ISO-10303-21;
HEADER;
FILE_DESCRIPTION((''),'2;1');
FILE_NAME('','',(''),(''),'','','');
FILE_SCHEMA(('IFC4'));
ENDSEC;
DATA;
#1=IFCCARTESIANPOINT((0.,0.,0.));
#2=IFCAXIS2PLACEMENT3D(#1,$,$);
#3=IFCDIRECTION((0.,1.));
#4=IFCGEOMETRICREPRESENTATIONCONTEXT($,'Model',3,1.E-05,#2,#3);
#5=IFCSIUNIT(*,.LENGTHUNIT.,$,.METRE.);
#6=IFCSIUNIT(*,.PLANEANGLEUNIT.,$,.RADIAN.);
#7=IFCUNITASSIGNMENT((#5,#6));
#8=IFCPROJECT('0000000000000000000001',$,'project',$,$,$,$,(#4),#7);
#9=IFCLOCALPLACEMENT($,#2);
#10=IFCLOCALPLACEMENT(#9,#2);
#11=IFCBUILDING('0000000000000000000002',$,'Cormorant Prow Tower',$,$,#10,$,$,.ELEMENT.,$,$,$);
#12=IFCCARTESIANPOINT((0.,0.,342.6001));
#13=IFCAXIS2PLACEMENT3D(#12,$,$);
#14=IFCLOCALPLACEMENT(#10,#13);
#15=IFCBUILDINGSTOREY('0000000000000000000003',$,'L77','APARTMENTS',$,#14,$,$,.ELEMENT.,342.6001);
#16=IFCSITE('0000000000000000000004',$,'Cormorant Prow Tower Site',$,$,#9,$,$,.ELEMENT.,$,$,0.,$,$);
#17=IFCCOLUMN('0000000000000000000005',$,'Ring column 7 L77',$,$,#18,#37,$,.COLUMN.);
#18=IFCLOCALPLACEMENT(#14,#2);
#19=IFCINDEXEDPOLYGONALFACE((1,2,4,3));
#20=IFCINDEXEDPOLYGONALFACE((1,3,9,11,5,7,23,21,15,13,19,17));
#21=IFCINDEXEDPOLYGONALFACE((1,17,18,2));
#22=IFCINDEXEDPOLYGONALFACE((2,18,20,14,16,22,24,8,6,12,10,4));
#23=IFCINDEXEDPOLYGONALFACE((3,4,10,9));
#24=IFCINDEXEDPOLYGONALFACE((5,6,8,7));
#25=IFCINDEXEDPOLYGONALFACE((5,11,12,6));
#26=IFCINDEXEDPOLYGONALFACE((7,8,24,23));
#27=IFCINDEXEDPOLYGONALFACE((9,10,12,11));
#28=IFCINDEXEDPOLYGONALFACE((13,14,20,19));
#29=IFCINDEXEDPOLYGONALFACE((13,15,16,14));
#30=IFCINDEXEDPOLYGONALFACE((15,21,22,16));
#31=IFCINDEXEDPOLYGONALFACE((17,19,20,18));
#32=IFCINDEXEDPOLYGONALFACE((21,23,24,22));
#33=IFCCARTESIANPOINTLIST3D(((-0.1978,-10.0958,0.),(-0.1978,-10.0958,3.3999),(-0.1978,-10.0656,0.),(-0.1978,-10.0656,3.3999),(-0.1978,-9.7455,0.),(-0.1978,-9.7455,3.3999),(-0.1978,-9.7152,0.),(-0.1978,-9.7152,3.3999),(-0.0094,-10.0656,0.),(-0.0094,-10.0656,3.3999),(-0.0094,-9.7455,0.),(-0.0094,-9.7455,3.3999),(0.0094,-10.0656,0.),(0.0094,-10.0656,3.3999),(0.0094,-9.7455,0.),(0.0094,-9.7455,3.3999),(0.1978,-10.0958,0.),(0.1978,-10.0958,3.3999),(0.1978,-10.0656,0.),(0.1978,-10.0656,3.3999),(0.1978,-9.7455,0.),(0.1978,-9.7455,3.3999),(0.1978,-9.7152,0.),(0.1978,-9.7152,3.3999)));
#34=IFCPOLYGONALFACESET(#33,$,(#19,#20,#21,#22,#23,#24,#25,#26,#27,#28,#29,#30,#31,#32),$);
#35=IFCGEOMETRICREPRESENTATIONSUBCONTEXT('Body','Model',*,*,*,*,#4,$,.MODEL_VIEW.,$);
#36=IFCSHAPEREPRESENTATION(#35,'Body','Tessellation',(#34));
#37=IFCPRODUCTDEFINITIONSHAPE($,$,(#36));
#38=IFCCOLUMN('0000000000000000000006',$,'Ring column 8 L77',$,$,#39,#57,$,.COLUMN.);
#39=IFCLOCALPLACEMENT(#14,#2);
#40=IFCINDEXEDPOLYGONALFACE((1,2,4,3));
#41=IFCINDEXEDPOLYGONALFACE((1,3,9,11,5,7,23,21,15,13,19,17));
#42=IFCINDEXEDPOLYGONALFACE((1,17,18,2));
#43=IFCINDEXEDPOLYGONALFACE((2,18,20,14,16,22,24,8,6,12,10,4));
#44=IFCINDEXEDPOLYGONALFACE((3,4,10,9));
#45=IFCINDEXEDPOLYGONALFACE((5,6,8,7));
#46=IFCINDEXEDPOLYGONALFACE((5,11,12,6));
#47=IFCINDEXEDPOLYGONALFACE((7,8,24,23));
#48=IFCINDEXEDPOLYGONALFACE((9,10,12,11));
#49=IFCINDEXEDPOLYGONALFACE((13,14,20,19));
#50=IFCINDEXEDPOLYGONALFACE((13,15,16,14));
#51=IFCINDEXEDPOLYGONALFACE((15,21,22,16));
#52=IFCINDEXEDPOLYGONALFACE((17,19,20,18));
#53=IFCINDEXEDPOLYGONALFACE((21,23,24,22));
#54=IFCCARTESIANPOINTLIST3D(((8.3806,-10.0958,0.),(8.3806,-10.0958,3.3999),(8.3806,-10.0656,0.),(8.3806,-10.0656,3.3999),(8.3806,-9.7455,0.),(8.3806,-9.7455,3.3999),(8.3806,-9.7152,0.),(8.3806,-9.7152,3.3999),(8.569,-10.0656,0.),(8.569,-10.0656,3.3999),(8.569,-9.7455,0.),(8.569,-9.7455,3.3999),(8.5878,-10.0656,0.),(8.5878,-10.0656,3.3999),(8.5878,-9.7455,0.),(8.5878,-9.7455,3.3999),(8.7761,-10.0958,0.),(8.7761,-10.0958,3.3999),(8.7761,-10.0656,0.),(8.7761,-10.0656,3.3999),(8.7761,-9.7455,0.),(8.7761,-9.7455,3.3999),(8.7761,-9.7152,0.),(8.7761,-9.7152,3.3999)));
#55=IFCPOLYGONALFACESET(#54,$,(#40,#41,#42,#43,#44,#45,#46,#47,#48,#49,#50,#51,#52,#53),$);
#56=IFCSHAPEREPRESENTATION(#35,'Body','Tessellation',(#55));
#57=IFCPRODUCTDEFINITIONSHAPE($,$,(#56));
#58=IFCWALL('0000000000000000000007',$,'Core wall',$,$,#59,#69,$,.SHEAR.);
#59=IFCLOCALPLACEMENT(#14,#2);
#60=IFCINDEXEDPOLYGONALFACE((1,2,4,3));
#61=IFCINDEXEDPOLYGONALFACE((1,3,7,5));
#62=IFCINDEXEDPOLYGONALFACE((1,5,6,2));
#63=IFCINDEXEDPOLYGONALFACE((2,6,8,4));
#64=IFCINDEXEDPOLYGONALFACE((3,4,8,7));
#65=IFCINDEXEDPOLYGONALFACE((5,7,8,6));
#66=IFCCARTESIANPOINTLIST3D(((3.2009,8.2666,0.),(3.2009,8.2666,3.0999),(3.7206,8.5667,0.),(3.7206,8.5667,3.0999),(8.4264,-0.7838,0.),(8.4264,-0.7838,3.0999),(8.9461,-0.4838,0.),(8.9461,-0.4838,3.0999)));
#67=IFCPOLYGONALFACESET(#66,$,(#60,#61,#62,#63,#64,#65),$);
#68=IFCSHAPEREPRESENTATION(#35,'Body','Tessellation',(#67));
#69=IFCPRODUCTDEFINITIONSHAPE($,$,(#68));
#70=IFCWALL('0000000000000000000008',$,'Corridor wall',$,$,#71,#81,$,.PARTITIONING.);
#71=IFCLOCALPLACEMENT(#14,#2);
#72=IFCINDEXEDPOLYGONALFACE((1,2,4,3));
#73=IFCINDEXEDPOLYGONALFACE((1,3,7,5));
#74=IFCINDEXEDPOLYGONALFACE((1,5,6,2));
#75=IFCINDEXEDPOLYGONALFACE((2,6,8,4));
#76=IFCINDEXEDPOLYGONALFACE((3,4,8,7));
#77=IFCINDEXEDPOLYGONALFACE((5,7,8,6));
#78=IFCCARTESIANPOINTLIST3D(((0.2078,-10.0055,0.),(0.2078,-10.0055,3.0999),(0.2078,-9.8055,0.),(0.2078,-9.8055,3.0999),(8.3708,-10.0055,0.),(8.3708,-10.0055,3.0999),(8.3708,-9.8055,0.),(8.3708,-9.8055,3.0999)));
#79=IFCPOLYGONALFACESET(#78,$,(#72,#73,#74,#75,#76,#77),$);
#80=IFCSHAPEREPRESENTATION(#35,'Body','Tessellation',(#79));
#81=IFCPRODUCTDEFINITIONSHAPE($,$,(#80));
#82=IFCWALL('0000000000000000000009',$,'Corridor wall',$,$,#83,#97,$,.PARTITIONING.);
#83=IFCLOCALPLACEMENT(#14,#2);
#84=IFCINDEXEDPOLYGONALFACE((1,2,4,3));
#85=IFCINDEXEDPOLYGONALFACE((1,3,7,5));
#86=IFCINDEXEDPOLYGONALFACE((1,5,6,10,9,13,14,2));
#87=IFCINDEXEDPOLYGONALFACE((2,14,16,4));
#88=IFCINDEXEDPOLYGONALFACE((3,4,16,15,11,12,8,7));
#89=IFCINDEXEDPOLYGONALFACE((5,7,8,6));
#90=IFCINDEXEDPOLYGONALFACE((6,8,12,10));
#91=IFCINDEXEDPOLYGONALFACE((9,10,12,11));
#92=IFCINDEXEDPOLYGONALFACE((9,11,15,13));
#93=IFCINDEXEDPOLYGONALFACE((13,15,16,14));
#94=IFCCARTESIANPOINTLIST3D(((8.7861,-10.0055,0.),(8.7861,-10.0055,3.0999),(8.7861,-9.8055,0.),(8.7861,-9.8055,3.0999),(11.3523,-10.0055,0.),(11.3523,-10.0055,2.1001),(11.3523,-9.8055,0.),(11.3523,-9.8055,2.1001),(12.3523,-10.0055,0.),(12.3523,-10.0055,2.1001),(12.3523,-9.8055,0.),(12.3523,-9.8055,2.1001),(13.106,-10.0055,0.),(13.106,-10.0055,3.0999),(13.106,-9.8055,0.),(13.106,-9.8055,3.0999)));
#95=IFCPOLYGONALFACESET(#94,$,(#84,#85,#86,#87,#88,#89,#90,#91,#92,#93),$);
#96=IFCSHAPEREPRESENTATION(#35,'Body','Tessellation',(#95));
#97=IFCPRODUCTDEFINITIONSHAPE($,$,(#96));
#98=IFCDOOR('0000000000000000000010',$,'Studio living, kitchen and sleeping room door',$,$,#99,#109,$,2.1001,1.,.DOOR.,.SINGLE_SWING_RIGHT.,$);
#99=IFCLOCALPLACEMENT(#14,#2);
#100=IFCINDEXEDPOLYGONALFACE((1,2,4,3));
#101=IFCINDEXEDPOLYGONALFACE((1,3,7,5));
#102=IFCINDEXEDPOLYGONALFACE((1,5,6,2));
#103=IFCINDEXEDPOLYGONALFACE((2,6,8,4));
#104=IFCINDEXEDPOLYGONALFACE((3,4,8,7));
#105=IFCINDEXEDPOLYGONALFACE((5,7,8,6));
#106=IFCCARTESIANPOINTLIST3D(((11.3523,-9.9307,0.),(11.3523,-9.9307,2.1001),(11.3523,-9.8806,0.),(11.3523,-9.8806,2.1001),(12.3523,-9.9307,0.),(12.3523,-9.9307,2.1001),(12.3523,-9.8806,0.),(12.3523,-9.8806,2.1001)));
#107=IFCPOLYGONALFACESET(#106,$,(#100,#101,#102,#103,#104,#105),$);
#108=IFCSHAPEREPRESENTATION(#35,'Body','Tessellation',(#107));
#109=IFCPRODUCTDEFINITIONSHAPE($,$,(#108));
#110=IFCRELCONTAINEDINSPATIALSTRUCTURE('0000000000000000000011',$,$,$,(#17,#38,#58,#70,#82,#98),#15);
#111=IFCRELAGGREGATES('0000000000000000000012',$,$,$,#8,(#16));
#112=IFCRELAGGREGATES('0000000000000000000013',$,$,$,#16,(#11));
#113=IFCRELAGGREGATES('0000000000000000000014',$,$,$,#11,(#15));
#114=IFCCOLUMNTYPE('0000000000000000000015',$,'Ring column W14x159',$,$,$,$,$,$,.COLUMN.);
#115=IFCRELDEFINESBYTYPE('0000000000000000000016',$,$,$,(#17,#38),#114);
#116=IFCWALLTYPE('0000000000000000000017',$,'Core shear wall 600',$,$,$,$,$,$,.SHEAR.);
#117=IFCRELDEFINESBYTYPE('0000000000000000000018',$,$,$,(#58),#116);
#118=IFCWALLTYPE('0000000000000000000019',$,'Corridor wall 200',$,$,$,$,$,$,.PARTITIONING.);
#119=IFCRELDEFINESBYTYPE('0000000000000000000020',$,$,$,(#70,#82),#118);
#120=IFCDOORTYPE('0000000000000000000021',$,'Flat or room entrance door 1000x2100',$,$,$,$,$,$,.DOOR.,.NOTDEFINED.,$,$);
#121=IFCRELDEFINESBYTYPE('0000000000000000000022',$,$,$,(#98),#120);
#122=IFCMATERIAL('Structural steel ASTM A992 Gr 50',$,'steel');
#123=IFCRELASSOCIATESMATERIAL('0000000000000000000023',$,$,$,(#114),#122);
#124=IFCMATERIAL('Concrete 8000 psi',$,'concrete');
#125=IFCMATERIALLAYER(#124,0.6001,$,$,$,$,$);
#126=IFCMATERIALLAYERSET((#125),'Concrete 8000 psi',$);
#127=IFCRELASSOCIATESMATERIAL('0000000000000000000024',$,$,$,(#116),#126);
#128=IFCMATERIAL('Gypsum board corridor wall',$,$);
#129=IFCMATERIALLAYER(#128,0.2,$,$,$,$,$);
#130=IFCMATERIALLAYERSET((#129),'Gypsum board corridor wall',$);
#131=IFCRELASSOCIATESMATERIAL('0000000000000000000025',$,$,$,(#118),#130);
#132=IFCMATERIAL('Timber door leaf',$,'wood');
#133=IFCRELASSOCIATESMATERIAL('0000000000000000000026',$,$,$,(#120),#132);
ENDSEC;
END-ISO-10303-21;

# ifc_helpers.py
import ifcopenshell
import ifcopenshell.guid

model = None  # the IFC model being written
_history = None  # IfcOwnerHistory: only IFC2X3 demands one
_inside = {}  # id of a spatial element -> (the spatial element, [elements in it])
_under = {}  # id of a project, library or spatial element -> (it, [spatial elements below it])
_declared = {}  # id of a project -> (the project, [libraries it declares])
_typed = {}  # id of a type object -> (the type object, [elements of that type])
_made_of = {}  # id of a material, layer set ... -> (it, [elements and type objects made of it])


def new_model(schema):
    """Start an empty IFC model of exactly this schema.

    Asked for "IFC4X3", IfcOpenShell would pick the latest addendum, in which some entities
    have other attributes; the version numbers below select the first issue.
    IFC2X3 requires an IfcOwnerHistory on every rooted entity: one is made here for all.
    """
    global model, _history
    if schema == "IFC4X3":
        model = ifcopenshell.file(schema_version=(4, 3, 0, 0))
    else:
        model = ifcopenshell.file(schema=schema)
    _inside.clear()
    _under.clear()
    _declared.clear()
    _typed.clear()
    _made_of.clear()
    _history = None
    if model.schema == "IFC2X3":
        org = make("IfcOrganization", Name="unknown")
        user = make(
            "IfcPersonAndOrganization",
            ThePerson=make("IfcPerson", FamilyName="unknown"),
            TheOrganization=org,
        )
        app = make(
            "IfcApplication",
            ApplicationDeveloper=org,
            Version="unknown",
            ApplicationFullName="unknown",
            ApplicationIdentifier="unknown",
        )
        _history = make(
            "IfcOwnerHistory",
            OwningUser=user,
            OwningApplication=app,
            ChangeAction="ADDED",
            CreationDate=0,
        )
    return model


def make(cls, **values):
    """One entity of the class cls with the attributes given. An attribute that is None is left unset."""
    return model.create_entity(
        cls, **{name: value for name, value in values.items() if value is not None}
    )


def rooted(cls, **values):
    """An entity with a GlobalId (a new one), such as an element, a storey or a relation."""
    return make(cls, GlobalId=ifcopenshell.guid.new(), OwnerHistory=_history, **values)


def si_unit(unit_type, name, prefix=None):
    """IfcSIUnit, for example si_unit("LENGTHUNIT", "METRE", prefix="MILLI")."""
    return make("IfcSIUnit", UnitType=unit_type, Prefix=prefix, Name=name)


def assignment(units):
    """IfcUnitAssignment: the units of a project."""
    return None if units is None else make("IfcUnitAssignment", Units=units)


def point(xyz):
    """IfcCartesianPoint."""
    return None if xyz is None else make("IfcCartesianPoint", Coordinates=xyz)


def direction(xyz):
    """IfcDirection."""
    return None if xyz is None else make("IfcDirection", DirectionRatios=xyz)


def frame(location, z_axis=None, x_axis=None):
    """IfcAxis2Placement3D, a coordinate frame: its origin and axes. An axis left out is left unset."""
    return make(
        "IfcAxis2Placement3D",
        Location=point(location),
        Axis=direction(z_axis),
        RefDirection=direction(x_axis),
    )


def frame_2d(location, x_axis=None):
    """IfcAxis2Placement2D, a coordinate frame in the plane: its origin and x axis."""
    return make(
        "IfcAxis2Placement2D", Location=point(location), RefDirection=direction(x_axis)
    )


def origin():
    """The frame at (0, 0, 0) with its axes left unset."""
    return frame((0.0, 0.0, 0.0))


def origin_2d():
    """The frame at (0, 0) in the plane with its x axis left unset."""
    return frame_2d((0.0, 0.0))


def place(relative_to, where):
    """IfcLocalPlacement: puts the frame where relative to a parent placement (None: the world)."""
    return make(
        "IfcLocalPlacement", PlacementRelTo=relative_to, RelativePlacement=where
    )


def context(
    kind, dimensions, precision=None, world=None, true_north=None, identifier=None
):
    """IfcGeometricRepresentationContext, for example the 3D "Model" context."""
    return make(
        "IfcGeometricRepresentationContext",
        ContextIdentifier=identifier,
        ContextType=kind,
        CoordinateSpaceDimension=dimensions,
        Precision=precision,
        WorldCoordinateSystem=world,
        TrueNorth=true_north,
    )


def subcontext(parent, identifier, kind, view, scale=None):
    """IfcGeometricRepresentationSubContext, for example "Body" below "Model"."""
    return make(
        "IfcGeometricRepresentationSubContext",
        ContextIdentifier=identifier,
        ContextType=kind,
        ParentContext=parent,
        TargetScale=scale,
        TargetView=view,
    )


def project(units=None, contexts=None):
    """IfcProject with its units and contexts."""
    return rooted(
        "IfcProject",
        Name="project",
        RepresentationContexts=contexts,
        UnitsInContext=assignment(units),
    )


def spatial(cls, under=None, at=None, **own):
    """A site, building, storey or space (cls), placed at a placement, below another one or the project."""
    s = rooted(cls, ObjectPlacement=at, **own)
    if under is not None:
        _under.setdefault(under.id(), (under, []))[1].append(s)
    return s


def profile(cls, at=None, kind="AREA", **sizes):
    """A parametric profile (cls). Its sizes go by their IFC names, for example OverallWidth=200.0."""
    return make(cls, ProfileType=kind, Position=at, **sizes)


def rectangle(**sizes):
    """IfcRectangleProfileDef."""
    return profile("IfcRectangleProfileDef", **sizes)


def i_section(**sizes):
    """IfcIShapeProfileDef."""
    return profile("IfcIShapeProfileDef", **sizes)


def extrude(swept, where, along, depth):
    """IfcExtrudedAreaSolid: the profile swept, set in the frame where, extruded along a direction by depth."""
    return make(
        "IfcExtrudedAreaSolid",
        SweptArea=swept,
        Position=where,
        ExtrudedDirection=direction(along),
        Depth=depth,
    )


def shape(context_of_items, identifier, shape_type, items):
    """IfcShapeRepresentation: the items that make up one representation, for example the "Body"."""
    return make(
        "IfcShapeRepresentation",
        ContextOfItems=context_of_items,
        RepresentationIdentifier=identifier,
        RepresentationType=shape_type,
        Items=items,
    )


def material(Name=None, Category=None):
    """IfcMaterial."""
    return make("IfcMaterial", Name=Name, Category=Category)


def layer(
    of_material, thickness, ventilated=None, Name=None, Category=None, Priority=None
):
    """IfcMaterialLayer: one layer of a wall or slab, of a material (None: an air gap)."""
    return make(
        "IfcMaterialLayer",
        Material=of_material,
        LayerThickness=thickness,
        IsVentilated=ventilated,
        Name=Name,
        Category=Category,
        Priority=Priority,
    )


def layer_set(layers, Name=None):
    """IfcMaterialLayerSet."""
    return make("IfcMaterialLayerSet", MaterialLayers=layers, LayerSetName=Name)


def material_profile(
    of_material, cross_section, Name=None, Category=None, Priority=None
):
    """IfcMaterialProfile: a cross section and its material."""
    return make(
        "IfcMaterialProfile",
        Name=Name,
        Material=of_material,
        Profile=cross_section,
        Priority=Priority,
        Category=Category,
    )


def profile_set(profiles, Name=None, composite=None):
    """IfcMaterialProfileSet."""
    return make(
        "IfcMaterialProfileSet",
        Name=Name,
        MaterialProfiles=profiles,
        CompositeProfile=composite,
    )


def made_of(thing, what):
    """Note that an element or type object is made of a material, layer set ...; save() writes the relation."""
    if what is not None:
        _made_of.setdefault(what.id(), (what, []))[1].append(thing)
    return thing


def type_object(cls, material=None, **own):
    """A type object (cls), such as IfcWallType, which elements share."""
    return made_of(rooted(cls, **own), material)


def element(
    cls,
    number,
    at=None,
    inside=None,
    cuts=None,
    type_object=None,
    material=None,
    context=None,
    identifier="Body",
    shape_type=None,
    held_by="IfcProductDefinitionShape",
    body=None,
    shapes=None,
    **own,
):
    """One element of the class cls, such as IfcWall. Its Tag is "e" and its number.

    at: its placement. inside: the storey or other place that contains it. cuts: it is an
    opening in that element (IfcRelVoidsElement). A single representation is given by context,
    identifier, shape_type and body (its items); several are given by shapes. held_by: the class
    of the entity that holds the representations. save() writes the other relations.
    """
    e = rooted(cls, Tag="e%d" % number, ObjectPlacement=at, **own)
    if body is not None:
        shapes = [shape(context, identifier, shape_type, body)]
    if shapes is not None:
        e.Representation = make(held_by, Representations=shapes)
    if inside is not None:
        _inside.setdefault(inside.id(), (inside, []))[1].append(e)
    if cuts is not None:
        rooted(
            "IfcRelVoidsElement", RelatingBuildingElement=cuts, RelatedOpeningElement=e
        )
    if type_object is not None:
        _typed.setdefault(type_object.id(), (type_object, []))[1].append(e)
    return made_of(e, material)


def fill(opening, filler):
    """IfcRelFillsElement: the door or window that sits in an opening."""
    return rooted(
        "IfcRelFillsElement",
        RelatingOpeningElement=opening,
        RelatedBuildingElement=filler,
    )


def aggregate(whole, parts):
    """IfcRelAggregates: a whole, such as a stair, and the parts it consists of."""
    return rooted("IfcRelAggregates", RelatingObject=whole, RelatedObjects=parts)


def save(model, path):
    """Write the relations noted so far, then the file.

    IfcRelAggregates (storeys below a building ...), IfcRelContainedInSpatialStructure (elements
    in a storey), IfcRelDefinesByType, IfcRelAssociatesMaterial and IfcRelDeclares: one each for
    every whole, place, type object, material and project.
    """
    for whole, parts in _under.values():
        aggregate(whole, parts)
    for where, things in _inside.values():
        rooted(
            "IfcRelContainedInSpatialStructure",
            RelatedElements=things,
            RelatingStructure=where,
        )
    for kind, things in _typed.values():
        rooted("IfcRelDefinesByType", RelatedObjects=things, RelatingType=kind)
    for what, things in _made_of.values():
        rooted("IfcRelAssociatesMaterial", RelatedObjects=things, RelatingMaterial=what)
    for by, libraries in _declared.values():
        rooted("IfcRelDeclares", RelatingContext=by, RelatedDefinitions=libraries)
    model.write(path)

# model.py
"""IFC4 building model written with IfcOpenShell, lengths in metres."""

from ifc_helpers import new_model, si_unit, direction, frame, frame_2d, origin, origin_2d, place, context, subcontext, project, spatial, rectangle, i_section, extrude, material, layer, layer_set, material_profile, profile_set, type_object, element, fill, save


model = new_model("IFC4")

# Units and contexts
model_context = context("Model", 3, precision=1e-05, world=origin(), true_north=direction((0.0, 1.0)))
body_context = subcontext(model_context, "Body", "Model", "MODEL_VIEW")
ifc_project = project(units=[si_unit("LENGTHUNIT", "METRE"), si_unit("PLANEANGLEUNIT", "RADIAN")], contexts=[model_context])

# Site, building, storey
site_placement = place(None, origin())
site = spatial("IfcSite", under=ifc_project, at=site_placement, Name="Cormorant Prow Tower Site", CompositionType="ELEMENT", RefElevation=0.0)
building_placement = place(site_placement, origin())
building = spatial("IfcBuilding", under=site, at=building_placement, Name="Cormorant Prow Tower", CompositionType="ELEMENT")
storey_placement = place(building_placement, frame((0.0, 0.0, 342.6001)))
storey = spatial("IfcBuildingStorey", under=building, at=storey_placement, Name="L77", Description="APARTMENTS", CompositionType="ELEMENT", Elevation=342.6001)

# Columns
ifc_material_1 = material(Name="Structural steel ASTM A992 Gr 50", Category="steel")
ifc_material_profile = material_profile(ifc_material_1, i_section(OverallWidth=0.3955, OverallDepth=0.3806, WebThickness=0.0188, FlangeThickness=0.0303, at=origin_2d()), Name="W14x159")
ifc_profile_set = profile_set([ifc_material_profile], Name="Structural steel ASTM A992 Gr 50")
column_type = type_object("IfcColumnType", Name="Ring column W14x159", PredefinedType="COLUMN", material=ifc_profile_set)
for number, where, z_axis, x_axis, name in (
    (1, (0.0, -9.9055, 0.0), (0.0, 0.0, 1.0), (1.0, 0.0, 0.0), "Ring column 7 L77"),
    (2, (8.5784, -9.9055, 0.0), (0.0, 0.0, 1.0), (1.0, 0.0, 0.0), "Ring column 8 L77"),
):
    element("IfcColumn", number, at=place(storey_placement, frame(where, z_axis=z_axis, x_axis=x_axis)), inside=storey, type_object=column_type, Name=name, PredefinedType="COLUMN", context=body_context, shape_type="SweptSolid", body=[
        extrude(i_section(OverallWidth=0.3955, OverallDepth=0.3806, WebThickness=0.0188, FlangeThickness=0.0303, at=origin_2d()), origin(), (0.0, 0.0, 1.0), 3.3999),
    ])

# Walls
ifc_material_2 = material(Name="Concrete 8000 psi", Category="concrete")
ifc_layer_1 = layer(ifc_material_2, 0.6001)
ifc_layer_set_1 = layer_set([ifc_layer_1], Name="Concrete 8000 psi")
wall_type_1 = type_object("IfcWallType", Name="Core shear wall 600", PredefinedType="SHEAR", material=ifc_layer_set_1)
wall_1_placement = place(storey_placement, frame((8.6863, -0.6338, 0.0), z_axis=(0.0, 0.0, 1.0), x_axis=(-0.500018, 0.866015, 0.0)))
element("IfcWall", 3, at=wall_1_placement, inside=storey, type_object=wall_type_1, Name="Core wall", PredefinedType="SHEAR", context=body_context, shape_type="SweptSolid", body=[
    extrude(rectangle(XDim=10.4507, YDim=0.6001, at=frame_2d((5.2253, 0.0))), origin(), (0.0, 0.0, 1.0), 3.0999),
])
ifc_material_3 = material(Name="Gypsum board corridor wall")
ifc_layer_2 = layer(ifc_material_3, 0.2)
ifc_layer_set_2 = layer_set([ifc_layer_2], Name="Gypsum board corridor wall")
wall_type_2 = type_object("IfcWallType", Name="Corridor wall 200", PredefinedType="PARTITIONING", material=ifc_layer_set_2)
wall_2_placement = place(storey_placement, frame((0.2078, -9.9055, 0.0), z_axis=(0.0, 0.0, 1.0), x_axis=(1.0, 0.0, 0.0)))
element("IfcWall", 4, at=wall_2_placement, inside=storey, type_object=wall_type_2, Name="Corridor wall", PredefinedType="PARTITIONING", context=body_context, shape_type="SweptSolid", body=[
    extrude(rectangle(XDim=8.1631, YDim=0.2, at=frame_2d((4.0815, 0.0))), origin(), (0.0, 0.0, 1.0), 3.0999),
])

# Wall, opening, door
wall_3_placement = place(storey_placement, frame((8.7861, -9.9055, 0.0), z_axis=(0.0, 0.0, 1.0), x_axis=(1.0, 0.0, 0.0)))
wall_3 = element("IfcWall", 5, at=wall_3_placement, inside=storey, type_object=wall_type_2, Name="Corridor wall", PredefinedType="PARTITIONING", context=body_context, shape_type="SweptSolid", body=[
    extrude(rectangle(XDim=4.3198, YDim=0.2, at=frame_2d((2.1599, 0.0))), origin(), (0.0, 0.0, 1.0), 3.0999),
])
opening_1_placement = place(wall_3_placement, frame((2.5662, 0.0, 0.0)))
opening_1 = element("IfcOpeningElement", 6, at=opening_1_placement, cuts=wall_3, PredefinedType="OPENING", context=body_context, shape_type="SweptSolid", body=[
    extrude(rectangle(XDim=1.0, YDim=2.1001, at=frame_2d((0.5, 1.05))), frame((0.0, 0.1099, 0.0), z_axis=(0.0, -1.0, 0.0), x_axis=(1.0, 0.0, 0.0)), (0.0, 0.0, 1.0), 0.22),
])
ifc_material_4 = material(Name="Timber door leaf", Category="wood")
door_type_1 = type_object("IfcDoorType", Name="Flat or room entrance door 1000x2100", OperationType="NOTDEFINED", PredefinedType="DOOR", material=ifc_material_4)
door_1_placement = place(opening_1_placement, origin())
door_1 = element("IfcDoor", 7, at=door_1_placement, inside=storey, type_object=door_type_1, Name="Studio living, kitchen and sleeping room door", OperationType="SINGLE_SWING_RIGHT", OverallHeight=2.1001, OverallWidth=1.0, PredefinedType="DOOR", context=body_context, shape_type="SweptSolid", body=[
    extrude(rectangle(XDim=1.0, YDim=2.1001, at=frame_2d((0.5, 1.05))), frame((0.0, 0.0249, 0.0), z_axis=(0.0, -1.0, 0.0), x_axis=(1.0, 0.0, 0.0)), (0.0, 0.0, 1.0), 0.05),
])
fill(opening_1, door_1)

save(model, "model.ifc")
